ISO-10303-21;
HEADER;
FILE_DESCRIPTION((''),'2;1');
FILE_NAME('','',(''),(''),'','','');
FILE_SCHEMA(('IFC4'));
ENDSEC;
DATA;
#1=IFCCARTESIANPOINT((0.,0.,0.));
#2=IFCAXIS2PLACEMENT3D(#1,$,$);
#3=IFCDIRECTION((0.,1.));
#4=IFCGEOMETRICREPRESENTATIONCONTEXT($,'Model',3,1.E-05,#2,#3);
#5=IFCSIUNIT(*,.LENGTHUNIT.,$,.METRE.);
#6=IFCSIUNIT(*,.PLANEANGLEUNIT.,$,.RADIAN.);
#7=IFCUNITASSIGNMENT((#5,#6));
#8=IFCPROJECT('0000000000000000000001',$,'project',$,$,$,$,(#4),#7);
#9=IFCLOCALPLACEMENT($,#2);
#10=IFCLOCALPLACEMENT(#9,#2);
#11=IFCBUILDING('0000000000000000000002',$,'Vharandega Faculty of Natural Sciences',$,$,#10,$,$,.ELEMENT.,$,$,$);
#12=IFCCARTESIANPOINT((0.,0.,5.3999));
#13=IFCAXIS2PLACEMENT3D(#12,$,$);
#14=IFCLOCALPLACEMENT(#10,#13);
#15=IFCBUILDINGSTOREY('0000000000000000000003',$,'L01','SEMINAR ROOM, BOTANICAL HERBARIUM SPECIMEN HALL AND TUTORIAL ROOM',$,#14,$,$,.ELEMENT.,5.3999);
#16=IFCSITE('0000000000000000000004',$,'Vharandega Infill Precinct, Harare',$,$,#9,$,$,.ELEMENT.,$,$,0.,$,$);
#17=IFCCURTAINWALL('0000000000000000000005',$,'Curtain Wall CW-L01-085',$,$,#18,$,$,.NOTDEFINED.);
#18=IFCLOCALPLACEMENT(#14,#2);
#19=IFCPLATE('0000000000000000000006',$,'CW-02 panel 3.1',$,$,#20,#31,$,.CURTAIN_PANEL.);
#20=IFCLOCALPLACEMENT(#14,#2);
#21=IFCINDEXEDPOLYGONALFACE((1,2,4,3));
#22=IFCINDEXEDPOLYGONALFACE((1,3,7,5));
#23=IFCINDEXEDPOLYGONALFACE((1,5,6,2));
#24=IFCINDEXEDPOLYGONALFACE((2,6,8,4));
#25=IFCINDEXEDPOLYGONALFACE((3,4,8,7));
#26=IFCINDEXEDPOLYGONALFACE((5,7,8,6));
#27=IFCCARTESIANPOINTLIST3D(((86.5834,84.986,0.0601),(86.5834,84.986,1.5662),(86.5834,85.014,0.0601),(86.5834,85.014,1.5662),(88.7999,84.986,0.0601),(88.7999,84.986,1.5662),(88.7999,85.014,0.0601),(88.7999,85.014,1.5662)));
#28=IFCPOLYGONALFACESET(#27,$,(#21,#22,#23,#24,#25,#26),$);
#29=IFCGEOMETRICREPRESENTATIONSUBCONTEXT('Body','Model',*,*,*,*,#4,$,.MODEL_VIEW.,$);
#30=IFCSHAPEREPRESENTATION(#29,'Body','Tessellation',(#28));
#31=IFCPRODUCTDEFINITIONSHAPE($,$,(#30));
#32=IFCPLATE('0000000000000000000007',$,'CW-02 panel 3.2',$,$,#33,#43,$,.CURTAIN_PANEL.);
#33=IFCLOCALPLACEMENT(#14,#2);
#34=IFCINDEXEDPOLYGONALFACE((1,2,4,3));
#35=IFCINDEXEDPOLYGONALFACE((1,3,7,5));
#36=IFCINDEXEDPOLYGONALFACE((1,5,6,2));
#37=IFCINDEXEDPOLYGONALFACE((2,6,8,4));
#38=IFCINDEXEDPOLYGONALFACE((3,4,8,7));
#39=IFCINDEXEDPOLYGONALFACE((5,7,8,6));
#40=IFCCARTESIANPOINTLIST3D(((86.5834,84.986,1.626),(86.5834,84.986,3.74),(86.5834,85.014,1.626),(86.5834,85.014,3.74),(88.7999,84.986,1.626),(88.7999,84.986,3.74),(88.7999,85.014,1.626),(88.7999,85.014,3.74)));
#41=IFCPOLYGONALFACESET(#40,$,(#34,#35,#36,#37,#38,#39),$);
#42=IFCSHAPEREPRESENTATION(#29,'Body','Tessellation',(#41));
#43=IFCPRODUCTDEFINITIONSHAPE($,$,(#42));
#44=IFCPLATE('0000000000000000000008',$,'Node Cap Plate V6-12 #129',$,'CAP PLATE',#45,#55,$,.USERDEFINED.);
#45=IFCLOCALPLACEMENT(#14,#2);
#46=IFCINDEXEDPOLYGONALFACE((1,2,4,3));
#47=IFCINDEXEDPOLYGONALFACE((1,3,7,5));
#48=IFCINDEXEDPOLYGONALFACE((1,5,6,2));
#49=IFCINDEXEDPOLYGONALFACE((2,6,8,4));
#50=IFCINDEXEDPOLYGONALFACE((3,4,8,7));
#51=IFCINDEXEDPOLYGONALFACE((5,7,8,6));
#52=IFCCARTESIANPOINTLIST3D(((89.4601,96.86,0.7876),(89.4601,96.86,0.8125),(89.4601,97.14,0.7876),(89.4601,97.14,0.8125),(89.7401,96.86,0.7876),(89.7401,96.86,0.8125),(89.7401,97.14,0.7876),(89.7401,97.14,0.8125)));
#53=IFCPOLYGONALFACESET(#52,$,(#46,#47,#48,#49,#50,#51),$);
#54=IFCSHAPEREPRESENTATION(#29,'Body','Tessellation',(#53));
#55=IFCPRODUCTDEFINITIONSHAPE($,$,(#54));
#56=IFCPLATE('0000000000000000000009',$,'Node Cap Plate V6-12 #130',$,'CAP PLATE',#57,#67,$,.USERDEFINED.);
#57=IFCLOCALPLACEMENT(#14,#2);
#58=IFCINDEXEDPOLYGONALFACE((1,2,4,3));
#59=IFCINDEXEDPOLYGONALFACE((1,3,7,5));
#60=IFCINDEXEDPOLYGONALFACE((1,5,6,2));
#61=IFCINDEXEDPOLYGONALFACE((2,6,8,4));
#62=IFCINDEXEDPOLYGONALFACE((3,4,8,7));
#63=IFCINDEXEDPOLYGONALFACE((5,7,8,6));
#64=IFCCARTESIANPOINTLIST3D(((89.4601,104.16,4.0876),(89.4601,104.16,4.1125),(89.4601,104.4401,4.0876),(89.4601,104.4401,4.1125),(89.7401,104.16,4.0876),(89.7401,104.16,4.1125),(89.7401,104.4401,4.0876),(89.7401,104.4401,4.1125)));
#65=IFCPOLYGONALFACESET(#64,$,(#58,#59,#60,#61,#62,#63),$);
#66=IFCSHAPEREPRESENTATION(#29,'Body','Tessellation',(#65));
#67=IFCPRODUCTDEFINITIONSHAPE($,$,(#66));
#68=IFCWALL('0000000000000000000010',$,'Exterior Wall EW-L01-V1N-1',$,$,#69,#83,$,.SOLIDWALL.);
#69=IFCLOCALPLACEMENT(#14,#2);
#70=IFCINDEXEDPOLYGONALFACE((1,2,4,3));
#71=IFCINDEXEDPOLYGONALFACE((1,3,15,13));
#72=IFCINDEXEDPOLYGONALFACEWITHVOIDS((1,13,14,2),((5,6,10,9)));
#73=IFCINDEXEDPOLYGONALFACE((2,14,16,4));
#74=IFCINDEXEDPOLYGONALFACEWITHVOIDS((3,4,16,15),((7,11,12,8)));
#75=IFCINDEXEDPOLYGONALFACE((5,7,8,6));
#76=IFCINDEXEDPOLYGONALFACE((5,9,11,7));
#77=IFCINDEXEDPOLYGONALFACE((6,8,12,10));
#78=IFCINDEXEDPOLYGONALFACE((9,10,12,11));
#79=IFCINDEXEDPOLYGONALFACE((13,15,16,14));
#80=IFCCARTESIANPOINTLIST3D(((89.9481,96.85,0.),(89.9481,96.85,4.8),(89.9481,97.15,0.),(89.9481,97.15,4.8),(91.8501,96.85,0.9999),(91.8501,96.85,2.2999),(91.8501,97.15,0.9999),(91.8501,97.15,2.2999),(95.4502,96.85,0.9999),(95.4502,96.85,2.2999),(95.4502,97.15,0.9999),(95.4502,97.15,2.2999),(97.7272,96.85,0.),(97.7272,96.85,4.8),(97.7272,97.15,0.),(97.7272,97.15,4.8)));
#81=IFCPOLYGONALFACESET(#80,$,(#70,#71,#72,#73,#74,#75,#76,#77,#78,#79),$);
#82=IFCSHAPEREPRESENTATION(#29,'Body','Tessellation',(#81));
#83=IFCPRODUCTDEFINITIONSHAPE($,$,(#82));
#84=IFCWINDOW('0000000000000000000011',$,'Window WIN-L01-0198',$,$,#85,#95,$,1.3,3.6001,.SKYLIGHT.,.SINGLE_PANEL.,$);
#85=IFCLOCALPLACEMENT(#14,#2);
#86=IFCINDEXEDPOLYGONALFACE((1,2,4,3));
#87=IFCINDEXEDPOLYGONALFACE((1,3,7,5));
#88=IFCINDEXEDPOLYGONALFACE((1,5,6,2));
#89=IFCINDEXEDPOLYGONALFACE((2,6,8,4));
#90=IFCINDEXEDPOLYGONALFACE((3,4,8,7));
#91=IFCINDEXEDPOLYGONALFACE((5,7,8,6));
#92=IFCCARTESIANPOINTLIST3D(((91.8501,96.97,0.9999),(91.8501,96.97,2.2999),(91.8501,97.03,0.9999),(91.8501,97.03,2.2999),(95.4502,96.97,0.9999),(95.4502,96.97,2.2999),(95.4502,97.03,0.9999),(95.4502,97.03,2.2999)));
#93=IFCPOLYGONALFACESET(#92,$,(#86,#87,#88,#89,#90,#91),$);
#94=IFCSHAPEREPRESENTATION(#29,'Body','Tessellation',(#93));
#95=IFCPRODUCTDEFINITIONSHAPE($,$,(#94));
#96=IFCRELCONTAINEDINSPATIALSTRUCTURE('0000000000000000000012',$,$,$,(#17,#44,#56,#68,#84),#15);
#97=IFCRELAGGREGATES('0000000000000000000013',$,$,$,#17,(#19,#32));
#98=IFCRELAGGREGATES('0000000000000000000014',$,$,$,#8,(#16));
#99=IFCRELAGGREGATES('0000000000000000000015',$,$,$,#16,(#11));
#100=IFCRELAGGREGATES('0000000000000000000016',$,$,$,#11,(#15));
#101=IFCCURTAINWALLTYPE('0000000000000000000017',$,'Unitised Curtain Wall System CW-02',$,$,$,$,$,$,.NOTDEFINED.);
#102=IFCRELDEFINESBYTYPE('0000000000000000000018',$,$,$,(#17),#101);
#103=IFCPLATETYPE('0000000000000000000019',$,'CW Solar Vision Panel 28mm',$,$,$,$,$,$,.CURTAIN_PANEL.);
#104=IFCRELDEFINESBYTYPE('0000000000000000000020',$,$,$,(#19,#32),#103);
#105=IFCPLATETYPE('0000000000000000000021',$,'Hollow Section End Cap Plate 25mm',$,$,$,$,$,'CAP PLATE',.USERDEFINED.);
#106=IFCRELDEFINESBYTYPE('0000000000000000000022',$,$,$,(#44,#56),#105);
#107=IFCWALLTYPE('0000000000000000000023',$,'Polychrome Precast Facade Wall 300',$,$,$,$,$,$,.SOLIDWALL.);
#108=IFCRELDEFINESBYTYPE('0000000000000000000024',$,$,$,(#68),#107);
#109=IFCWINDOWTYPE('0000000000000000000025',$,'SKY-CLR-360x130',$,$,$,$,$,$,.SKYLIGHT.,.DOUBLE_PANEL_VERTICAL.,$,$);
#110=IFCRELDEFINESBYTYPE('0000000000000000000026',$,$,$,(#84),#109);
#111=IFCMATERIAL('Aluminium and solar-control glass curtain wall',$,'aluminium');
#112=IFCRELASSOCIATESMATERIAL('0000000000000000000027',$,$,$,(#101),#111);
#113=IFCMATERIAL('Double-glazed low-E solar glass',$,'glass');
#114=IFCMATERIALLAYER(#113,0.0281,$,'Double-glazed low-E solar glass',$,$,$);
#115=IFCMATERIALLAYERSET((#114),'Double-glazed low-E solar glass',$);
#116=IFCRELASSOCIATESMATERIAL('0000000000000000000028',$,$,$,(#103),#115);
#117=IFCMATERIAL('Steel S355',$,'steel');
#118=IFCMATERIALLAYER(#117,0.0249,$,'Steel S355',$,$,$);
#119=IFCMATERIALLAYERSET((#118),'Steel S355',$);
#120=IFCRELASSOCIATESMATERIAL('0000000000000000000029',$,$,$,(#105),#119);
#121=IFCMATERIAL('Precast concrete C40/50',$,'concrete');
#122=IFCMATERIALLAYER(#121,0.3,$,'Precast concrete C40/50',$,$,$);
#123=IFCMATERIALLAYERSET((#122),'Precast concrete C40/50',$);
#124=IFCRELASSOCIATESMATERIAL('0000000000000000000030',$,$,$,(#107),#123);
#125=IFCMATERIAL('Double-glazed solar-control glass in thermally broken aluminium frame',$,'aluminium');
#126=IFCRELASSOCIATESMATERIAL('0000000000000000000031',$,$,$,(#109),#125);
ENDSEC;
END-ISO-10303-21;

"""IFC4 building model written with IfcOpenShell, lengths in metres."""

from ifc_helpers import new_model, si_unit, direction, frame, frame_2d, origin, origin_2d, place, context, subcontext, project, spatial, rectangle, extrude, material, layer, layer_set, type_object, element, fill, aggregate, save


model = new_model("IFC4")

# Units and contexts
model_context = context("Model", 3, precision=1e-05, world=origin(), true_north=direction((0.0, 1.0)))
body_context = subcontext(model_context, "Body", "Model", "MODEL_VIEW")
ifc_project = project(units=[si_unit("LENGTHUNIT", "METRE"), si_unit("PLANEANGLEUNIT", "RADIAN")], contexts=[model_context])

# Site, building, storey
site_placement = place(None, origin())
site = spatial("IfcSite", under=ifc_project, at=site_placement, Name="Vharandega Infill Precinct, Harare", CompositionType="ELEMENT", RefElevation=0.0)
building_placement = place(site_placement, origin())
building = spatial("IfcBuilding", under=site, at=building_placement, Name="Vharandega Faculty of Natural Sciences", CompositionType="ELEMENT")
storey_placement = place(building_placement, frame((0.0, 0.0, 5.3999)))
storey = spatial("IfcBuildingStorey", under=building, at=storey_placement, Name="L01", Description="SEMINAR ROOM, BOTANICAL HERBARIUM SPECIMEN HALL AND TUTORIAL ROOM", CompositionType="ELEMENT", Elevation=5.3999)

# Curtain wall
ifc_material_1 = material(Name="Aluminium and solar-control glass curtain wall", Category="aluminium")
curtain_wall_type = type_object("IfcCurtainWallType", Name="Unitised Curtain Wall System CW-02", PredefinedType="NOTDEFINED", material=ifc_material_1)
curtain_wall_placement = place(storey_placement, origin())
curtain_wall = element("IfcCurtainWall", 1, at=curtain_wall_placement, inside=storey, type_object=curtain_wall_type, Name="Curtain Wall CW-L01-085", PredefinedType="NOTDEFINED")

# Plates
ifc_material_2 = material(Name="Double-glazed low-E solar glass", Category="glass")
ifc_layer_1 = layer(ifc_material_2, 0.0281, Name="Double-glazed low-E solar glass")
ifc_layer_set_1 = layer_set([ifc_layer_1], Name="Double-glazed low-E solar glass")
plate_type_1 = type_object("IfcPlateType", Name="CW Solar Vision Panel 28mm", PredefinedType="CURTAIN_PANEL", material=ifc_layer_set_1)
plate_1_placement = place(storey_placement, frame((87.6917, 85.0, 0.0601), z_axis=(0.0, 0.0, 1.0), x_axis=(1.0, 0.0, 0.0)))
plate_1 = element("IfcPlate", 2, at=plate_1_placement, type_object=plate_type_1, Name="CW-02 panel 3.1", PredefinedType="CURTAIN_PANEL", context=body_context, shape_type="SweptSolid", body=[
    extrude(rectangle(XDim=2.2166, YDim=0.0281, at=origin_2d()), origin(), (0.0, 0.0, 1.0), 1.5061),
])
plate_2_placement = place(storey_placement, frame((87.6917, 85.0, 1.626), z_axis=(0.0, 0.0, 1.0), x_axis=(1.0, 0.0, 0.0)))
plate_2 = element("IfcPlate", 3, at=plate_2_placement, type_object=plate_type_1, Name="CW-02 panel 3.2", PredefinedType="CURTAIN_PANEL", context=body_context, shape_type="SweptSolid", body=[
    extrude(rectangle(XDim=2.2166, YDim=0.0281, at=origin_2d()), origin(), (0.0, 0.0, 1.0), 2.114),
])
aggregate(curtain_wall, [plate_1, plate_2])

# Plates
ifc_material_3 = material(Name="Steel S355", Category="steel")
ifc_layer_2 = layer(ifc_material_3, 0.0249, Name="Steel S355")
ifc_layer_set_2 = layer_set([ifc_layer_2], Name="Steel S355")
plate_type_2 = type_object("IfcPlateType", Name="Hollow Section End Cap Plate 25mm", ElementType="CAP PLATE", PredefinedType="USERDEFINED", material=ifc_layer_set_2)
for number, where, z_axis, x_axis, name in (
    (4, (89.6001, 97.0, 0.7876), (0.0, 0.0, 1.0), (1.0, 0.0, 0.0), "Node Cap Plate V6-12 #129"),
    (5, (89.6001, 104.3, 4.0876), (0.0, 0.0, 1.0), (1.0, 0.0, 0.0), "Node Cap Plate V6-12 #130"),
):
    element("IfcPlate", number, at=place(storey_placement, frame(where, z_axis=z_axis, x_axis=x_axis)), inside=storey, type_object=plate_type_2, Name=name, ObjectType="CAP PLATE", PredefinedType="USERDEFINED", context=body_context, shape_type="SweptSolid", body=[
        extrude(rectangle(XDim=0.28, YDim=0.28, at=origin_2d()), origin(), (0.0, 0.0, 1.0), 0.0249),
    ])

# Wall, opening, window
ifc_material_4 = material(Name="Precast concrete C40/50", Category="concrete")
ifc_layer_3 = layer(ifc_material_4, 0.3, Name="Precast concrete C40/50")
ifc_layer_set_3 = layer_set([ifc_layer_3], Name="Precast concrete C40/50")
wall_type = type_object("IfcWallType", Name="Polychrome Precast Facade Wall 300", PredefinedType="SOLIDWALL", material=ifc_layer_set_3)
wall_placement = place(storey_placement, frame((89.948, 97.0, 0.0), z_axis=(0.0, 0.0, 1.0), x_axis=(1.0, 0.0, 0.0)))
wall = element("IfcWall", 6, at=wall_placement, inside=storey, type_object=wall_type, Name="Exterior Wall EW-L01-V1N-1", PredefinedType="SOLIDWALL", context=body_context, shape_type="SweptSolid", body=[
    extrude(rectangle(XDim=7.7791, YDim=0.3, at=frame_2d((3.8896, 0.0))), origin(), (0.0, 0.0, 1.0), 4.8),
])
opening_placement = place(wall_placement, frame((1.9021, 0.0, 1.0)))
opening = element("IfcOpeningElement", 7, at=opening_placement, cuts=wall, PredefinedType="OPENING", context=body_context, shape_type="SweptSolid", body=[
    extrude(rectangle(XDim=3.6001, YDim=1.3, at=frame_2d((1.8, 0.6499))), frame((0.0, 0.1602, 0.0), z_axis=(0.0, -1.0, 0.0), x_axis=(1.0, 0.0, 0.0)), (0.0, 0.0, 1.0), 0.3201),
])
ifc_material_5 = material(Name="Double-glazed solar-control glass in thermally broken aluminium frame", Category="aluminium")
window_type = type_object("IfcWindowType", Name="SKY-CLR-360x130", PartitioningType="DOUBLE_PANEL_VERTICAL", PredefinedType="SKYLIGHT", material=ifc_material_5)
window_placement = place(opening_placement, origin())
window = element("IfcWindow", 8, at=window_placement, inside=storey, type_object=window_type, Name="Window WIN-L01-0198", OverallHeight=1.3, OverallWidth=3.6001, PartitioningType="SINGLE_PANEL", PredefinedType="SKYLIGHT", context=body_context, shape_type="SweptSolid", body=[
    extrude(rectangle(XDim=3.6001, YDim=1.3, at=frame_2d((1.8, 0.6499))), frame((0.0, 0.03, 0.0), z_axis=(0.0, -1.0, 0.0), x_axis=(1.0, 0.0, 0.0)), (0.0, 0.0, 1.0), 0.0601),
])
fill(opening, window)

save(model, "model.ifc")
